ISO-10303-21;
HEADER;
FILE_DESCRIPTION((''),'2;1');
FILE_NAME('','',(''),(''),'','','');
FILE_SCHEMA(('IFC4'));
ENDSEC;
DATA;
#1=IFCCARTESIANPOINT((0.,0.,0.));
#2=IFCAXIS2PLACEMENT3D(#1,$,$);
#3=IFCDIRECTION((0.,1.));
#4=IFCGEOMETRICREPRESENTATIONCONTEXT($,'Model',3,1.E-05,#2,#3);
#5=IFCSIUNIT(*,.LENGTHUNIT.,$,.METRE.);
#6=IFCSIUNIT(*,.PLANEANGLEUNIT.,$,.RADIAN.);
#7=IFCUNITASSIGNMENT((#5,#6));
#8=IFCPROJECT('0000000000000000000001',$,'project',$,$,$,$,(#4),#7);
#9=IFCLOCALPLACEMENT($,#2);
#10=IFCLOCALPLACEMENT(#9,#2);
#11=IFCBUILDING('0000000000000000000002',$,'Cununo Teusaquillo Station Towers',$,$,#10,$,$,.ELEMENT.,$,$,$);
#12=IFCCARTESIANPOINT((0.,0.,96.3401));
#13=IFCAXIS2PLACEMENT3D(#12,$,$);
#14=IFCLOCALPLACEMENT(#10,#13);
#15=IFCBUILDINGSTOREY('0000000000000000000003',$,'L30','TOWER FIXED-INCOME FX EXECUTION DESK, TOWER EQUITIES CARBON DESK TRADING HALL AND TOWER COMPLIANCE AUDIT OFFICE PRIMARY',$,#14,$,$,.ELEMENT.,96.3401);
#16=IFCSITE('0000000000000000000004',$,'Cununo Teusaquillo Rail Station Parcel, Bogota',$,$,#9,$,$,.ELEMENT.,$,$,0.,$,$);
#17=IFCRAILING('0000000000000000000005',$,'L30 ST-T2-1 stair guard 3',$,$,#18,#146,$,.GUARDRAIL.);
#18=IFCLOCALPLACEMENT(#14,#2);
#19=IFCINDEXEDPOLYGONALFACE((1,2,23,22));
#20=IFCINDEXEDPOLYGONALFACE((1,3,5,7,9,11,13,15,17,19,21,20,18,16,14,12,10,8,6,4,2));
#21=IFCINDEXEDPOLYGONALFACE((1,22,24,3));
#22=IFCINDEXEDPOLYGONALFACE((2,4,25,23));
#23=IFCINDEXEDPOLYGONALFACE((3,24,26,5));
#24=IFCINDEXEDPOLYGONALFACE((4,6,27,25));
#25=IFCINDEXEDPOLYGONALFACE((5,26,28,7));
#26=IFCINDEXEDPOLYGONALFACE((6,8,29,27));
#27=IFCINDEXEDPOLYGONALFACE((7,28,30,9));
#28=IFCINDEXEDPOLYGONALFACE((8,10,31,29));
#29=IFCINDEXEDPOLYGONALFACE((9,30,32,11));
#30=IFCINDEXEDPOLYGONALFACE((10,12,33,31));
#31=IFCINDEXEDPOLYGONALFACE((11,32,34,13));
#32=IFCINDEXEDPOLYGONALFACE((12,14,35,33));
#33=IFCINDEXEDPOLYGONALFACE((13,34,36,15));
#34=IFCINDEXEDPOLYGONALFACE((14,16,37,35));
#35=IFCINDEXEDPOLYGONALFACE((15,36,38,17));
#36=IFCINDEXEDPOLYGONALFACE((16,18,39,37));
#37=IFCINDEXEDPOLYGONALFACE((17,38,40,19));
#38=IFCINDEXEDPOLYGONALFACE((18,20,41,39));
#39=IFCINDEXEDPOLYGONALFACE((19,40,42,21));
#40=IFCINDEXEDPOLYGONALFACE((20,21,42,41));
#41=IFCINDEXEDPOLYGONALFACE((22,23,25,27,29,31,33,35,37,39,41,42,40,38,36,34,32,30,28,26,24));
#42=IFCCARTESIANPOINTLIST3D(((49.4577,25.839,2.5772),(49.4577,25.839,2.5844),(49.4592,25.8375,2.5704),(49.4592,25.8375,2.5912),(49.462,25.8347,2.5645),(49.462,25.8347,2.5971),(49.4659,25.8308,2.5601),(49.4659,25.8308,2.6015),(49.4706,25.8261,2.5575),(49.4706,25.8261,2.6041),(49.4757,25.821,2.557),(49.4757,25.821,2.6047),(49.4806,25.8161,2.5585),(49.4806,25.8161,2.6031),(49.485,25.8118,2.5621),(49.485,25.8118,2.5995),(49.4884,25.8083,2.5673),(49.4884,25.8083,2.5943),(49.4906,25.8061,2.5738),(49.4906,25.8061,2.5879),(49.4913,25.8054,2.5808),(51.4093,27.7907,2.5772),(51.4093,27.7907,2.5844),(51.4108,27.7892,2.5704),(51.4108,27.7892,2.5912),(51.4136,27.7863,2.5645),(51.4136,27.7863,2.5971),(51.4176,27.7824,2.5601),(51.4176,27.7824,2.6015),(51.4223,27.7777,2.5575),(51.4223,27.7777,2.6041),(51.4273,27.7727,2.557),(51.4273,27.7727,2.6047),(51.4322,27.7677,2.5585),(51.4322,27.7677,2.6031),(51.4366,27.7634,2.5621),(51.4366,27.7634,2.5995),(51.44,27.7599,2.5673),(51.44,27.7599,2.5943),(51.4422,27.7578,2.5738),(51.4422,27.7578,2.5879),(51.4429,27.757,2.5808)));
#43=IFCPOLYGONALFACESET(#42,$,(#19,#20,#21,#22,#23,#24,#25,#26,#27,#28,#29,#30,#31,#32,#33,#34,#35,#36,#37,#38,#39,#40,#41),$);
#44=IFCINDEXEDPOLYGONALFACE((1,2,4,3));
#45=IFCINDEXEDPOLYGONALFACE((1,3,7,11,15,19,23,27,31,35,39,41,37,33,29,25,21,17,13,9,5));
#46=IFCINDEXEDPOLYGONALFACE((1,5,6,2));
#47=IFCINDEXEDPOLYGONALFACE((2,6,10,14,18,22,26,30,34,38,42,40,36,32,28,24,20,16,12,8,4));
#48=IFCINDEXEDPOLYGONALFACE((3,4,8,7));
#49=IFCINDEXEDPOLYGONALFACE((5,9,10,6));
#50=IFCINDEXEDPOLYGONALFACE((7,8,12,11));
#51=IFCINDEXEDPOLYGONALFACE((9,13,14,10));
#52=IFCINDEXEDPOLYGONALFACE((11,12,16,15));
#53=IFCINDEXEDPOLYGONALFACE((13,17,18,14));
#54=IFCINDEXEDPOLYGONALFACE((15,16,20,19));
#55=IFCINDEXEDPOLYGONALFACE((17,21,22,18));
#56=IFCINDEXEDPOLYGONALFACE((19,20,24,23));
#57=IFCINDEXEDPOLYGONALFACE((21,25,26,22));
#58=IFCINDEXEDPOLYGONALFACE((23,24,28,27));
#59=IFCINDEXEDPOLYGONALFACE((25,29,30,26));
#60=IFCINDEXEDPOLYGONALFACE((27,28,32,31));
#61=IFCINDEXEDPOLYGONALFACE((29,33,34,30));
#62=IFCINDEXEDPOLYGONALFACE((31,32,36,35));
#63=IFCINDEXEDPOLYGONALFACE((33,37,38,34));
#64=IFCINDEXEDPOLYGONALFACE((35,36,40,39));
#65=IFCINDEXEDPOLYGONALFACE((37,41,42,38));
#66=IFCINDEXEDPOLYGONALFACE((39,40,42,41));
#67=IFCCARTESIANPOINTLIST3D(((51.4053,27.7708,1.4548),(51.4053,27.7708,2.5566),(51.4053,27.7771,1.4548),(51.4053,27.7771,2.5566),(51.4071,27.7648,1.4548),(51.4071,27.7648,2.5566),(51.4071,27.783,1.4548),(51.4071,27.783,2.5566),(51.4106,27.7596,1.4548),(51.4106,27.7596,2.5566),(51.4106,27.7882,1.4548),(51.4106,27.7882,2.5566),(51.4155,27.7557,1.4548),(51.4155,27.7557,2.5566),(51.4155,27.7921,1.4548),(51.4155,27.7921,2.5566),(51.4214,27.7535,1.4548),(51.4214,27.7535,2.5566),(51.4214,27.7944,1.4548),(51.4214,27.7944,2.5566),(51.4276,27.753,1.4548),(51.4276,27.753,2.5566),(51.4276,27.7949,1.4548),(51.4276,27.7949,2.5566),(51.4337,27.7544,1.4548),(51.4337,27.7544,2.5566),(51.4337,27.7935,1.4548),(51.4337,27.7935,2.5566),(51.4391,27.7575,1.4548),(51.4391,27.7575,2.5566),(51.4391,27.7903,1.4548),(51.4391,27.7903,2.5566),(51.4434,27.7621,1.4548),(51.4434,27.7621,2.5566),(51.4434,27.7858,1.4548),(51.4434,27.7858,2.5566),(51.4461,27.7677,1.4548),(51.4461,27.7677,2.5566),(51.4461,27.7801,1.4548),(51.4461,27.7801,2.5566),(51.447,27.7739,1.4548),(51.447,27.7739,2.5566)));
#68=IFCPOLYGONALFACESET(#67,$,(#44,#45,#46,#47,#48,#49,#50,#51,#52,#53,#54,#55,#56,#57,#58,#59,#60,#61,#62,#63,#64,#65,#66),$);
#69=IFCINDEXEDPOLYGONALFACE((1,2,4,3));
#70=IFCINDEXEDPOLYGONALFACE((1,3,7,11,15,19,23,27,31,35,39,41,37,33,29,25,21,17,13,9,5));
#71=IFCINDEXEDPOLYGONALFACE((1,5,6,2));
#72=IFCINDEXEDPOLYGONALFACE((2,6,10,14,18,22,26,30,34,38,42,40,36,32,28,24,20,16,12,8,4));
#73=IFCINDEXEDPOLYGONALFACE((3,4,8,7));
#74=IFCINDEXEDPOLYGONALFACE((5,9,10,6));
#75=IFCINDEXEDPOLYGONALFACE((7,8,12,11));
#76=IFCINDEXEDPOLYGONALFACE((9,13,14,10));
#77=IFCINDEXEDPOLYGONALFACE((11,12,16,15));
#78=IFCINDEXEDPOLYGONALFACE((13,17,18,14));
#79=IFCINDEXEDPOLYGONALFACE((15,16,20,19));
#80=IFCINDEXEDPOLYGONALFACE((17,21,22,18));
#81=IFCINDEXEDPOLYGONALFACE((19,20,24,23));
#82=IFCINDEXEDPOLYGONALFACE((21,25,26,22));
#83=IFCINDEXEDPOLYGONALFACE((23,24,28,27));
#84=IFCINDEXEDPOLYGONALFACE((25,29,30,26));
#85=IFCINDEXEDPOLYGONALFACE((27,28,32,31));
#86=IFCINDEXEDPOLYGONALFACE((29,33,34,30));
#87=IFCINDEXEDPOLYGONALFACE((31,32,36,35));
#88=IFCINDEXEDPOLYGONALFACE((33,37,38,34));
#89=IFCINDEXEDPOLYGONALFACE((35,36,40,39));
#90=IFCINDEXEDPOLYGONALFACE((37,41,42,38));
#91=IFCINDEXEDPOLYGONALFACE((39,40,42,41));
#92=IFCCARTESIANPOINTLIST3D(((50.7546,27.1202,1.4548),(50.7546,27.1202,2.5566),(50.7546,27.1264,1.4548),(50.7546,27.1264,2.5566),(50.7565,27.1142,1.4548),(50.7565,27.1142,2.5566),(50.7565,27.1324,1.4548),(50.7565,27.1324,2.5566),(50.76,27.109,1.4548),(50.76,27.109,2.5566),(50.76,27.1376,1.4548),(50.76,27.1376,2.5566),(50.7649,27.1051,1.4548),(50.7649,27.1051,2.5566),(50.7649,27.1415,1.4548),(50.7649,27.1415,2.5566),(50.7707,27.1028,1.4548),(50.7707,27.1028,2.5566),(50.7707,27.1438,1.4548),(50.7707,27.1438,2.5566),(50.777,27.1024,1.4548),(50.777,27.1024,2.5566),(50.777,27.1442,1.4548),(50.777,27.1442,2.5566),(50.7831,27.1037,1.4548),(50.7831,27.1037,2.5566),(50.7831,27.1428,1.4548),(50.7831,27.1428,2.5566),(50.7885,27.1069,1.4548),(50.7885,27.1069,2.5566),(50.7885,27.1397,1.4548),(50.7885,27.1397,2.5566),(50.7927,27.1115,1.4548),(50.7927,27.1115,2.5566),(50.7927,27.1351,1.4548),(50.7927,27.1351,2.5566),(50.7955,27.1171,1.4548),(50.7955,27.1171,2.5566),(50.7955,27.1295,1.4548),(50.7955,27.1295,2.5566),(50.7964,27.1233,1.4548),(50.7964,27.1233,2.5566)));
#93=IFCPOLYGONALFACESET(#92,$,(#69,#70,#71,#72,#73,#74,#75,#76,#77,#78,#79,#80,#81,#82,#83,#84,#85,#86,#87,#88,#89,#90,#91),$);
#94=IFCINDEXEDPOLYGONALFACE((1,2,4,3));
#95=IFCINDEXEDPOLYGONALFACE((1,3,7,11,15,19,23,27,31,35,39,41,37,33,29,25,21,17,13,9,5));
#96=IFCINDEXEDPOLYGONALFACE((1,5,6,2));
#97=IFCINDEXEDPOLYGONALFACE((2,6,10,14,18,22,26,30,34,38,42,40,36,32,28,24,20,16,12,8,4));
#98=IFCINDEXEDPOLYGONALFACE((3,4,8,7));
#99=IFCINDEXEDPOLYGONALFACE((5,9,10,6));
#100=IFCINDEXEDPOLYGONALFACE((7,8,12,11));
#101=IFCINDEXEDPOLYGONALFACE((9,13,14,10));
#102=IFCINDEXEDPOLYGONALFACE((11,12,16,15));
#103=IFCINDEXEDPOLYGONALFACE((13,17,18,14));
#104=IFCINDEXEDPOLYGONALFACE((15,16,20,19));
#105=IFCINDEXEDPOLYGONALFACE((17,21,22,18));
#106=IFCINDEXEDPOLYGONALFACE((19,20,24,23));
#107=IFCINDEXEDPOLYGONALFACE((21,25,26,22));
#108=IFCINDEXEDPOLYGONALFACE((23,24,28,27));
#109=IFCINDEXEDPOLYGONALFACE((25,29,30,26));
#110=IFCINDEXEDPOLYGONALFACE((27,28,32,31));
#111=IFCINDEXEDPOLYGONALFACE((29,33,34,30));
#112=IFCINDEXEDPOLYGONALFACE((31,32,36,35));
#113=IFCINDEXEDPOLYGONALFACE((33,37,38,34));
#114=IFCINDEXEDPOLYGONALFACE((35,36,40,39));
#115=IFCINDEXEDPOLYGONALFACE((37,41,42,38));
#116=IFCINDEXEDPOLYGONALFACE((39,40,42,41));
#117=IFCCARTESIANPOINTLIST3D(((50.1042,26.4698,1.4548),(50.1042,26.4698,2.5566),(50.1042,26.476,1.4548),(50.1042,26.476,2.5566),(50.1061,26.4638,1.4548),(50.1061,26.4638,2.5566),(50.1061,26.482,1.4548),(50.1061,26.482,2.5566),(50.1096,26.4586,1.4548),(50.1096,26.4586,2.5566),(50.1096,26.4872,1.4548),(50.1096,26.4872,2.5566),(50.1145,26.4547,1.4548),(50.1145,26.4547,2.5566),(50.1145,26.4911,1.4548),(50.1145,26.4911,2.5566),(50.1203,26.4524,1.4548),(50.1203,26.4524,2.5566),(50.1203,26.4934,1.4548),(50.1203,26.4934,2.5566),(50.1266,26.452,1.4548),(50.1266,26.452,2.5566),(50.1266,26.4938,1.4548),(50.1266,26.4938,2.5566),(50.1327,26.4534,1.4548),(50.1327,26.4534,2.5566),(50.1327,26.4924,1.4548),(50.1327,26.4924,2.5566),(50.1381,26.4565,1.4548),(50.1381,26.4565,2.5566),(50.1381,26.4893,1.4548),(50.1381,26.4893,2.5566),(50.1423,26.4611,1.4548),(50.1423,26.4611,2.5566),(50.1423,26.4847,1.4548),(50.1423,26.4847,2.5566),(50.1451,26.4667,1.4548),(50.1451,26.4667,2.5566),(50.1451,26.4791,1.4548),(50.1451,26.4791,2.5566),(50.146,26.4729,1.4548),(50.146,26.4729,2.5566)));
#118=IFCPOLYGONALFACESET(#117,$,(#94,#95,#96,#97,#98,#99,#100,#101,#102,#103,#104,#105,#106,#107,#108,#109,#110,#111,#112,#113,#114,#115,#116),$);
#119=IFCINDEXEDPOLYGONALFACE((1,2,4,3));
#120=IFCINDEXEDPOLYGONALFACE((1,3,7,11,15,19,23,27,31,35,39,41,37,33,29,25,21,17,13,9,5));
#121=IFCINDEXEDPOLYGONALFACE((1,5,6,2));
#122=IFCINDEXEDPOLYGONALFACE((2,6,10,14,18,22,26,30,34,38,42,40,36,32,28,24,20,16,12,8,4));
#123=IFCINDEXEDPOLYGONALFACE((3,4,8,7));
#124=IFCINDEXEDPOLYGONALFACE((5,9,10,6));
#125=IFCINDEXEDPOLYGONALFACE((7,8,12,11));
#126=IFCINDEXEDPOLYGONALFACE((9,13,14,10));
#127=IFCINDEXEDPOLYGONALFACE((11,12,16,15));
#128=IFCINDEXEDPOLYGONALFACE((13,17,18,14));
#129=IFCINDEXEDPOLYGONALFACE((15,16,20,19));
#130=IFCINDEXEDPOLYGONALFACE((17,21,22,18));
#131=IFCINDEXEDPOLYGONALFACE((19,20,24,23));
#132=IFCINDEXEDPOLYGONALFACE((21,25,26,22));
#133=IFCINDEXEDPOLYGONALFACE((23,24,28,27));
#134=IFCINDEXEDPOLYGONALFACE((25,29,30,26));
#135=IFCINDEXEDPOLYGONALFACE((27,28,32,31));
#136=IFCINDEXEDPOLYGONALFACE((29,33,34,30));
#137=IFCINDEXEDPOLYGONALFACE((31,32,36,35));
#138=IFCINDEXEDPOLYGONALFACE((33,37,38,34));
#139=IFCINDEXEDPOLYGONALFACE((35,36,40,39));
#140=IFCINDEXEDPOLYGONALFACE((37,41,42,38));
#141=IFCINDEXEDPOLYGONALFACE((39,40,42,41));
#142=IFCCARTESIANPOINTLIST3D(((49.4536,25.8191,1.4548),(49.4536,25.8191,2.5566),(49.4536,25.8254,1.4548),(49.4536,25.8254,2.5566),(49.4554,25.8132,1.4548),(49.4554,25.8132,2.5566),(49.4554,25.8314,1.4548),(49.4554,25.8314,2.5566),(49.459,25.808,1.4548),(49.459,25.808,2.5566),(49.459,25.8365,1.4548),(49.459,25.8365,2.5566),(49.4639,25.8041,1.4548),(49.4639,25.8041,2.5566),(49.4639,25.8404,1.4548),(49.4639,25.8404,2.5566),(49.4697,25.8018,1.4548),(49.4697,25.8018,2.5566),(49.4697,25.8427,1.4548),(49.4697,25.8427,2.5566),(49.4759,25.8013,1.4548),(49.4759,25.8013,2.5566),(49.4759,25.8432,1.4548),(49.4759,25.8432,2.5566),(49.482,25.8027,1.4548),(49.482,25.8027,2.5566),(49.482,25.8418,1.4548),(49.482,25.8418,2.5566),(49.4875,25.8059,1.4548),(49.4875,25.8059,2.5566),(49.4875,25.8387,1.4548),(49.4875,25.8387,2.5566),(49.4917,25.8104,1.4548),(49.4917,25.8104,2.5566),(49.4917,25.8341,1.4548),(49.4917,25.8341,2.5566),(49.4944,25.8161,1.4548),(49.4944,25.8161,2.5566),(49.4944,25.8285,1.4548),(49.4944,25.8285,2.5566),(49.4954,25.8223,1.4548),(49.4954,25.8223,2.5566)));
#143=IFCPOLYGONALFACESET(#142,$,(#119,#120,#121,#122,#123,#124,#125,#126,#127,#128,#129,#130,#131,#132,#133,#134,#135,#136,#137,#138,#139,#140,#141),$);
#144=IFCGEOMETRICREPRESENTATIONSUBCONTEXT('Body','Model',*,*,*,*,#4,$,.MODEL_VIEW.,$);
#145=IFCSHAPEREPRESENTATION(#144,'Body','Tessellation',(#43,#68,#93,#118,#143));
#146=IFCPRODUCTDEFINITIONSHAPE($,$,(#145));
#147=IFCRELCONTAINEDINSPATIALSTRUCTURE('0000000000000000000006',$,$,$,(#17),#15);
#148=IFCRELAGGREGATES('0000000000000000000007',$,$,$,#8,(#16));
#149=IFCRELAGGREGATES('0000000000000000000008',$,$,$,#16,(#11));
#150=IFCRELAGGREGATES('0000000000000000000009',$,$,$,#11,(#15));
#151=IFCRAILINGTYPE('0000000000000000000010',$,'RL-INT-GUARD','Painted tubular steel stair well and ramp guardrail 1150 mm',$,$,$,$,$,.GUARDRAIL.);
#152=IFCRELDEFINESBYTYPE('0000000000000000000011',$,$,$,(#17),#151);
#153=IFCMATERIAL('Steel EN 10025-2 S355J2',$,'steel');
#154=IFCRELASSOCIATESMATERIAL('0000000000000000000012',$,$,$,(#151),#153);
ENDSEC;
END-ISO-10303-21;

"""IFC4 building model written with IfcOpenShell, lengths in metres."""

from ifc_helpers import new_model, si_unit, direction, frame, origin, origin_2d, place, context, subcontext, project, spatial, circle, extrude, material, type_object, element, save


model = new_model("IFC4")

# Units and contexts
model_context = context("Model", 3, precision=1e-05, world=origin(), true_north=direction((0.0, 1.0)))
body_context = subcontext(model_context, "Body", "Model", "MODEL_VIEW")
ifc_project = project(units=[si_unit("LENGTHUNIT", "METRE"), si_unit("PLANEANGLEUNIT", "RADIAN")], contexts=[model_context])

# Site, building, storey
site_placement = place(None, origin())
site = spatial("IfcSite", under=ifc_project, at=site_placement, Name="Cununo Teusaquillo Rail Station Parcel, Bogota", CompositionType="ELEMENT", RefElevation=0.0)
building_placement = place(site_placement, origin())
building = spatial("IfcBuilding", under=site, at=building_placement, Name="Cununo Teusaquillo Station Towers", CompositionType="ELEMENT")
storey_placement = place(building_placement, frame((0.0, 0.0, 96.3401)))
storey = spatial("IfcBuildingStorey", under=building, at=storey_placement, Name="L30", Description="TOWER FIXED-INCOME FX EXECUTION DESK, TOWER EQUITIES CARBON DESK TRADING HALL AND TOWER COMPLIANCE AUDIT OFFICE PRIMARY", CompositionType="ELEMENT", Elevation=96.3401)

# Railing
ifc_material_1 = material(Name="Steel EN 10025-2 S355J2", Category="steel")
railing_type = type_object("IfcRailingType", Name="RL-INT-GUARD", Description="Painted tubular steel stair well and ramp guardrail 1150 mm", PredefinedType="GUARDRAIL", material=ifc_material_1)
railing_1_placement = place(storey_placement, frame((51.426, 27.7739, 1.4548)))
element("IfcRailing", 1, at=railing_1_placement, inside=storey, type_object=railing_type, Name="L30 ST-T2-1 stair guard 3", PredefinedType="GUARDRAIL", context=body_context, shape_type="SweptSolid", body=[
    extrude(circle(Radius=0.0239, at=origin_2d()), frame((0.0, 0.0, 1.126), z_axis=(-0.707107, -0.707107, 0.0), x_axis=(0.707107, -0.707107, 0.0)), (0.0, 0.0, 1.0), 2.76),
    extrude(circle(Radius=0.021, at=origin_2d()), origin(), (0.0, 0.0, 1.0), 1.1018),
    extrude(circle(Radius=0.021, at=origin_2d()), frame((-0.6506, -0.6506, 0.0)), (0.0, 0.0, 1.0), 1.1018),
    extrude(circle(Radius=0.021, at=origin_2d()), frame((-1.301, -1.301, 0.0)), (0.0, 0.0, 1.0), 1.1018),
    extrude(circle(Radius=0.021, at=origin_2d()), frame((-1.9517, -1.9517, 0.0)), (0.0, 0.0, 1.0), 1.1018),
])

save(model, "model.ifc")
